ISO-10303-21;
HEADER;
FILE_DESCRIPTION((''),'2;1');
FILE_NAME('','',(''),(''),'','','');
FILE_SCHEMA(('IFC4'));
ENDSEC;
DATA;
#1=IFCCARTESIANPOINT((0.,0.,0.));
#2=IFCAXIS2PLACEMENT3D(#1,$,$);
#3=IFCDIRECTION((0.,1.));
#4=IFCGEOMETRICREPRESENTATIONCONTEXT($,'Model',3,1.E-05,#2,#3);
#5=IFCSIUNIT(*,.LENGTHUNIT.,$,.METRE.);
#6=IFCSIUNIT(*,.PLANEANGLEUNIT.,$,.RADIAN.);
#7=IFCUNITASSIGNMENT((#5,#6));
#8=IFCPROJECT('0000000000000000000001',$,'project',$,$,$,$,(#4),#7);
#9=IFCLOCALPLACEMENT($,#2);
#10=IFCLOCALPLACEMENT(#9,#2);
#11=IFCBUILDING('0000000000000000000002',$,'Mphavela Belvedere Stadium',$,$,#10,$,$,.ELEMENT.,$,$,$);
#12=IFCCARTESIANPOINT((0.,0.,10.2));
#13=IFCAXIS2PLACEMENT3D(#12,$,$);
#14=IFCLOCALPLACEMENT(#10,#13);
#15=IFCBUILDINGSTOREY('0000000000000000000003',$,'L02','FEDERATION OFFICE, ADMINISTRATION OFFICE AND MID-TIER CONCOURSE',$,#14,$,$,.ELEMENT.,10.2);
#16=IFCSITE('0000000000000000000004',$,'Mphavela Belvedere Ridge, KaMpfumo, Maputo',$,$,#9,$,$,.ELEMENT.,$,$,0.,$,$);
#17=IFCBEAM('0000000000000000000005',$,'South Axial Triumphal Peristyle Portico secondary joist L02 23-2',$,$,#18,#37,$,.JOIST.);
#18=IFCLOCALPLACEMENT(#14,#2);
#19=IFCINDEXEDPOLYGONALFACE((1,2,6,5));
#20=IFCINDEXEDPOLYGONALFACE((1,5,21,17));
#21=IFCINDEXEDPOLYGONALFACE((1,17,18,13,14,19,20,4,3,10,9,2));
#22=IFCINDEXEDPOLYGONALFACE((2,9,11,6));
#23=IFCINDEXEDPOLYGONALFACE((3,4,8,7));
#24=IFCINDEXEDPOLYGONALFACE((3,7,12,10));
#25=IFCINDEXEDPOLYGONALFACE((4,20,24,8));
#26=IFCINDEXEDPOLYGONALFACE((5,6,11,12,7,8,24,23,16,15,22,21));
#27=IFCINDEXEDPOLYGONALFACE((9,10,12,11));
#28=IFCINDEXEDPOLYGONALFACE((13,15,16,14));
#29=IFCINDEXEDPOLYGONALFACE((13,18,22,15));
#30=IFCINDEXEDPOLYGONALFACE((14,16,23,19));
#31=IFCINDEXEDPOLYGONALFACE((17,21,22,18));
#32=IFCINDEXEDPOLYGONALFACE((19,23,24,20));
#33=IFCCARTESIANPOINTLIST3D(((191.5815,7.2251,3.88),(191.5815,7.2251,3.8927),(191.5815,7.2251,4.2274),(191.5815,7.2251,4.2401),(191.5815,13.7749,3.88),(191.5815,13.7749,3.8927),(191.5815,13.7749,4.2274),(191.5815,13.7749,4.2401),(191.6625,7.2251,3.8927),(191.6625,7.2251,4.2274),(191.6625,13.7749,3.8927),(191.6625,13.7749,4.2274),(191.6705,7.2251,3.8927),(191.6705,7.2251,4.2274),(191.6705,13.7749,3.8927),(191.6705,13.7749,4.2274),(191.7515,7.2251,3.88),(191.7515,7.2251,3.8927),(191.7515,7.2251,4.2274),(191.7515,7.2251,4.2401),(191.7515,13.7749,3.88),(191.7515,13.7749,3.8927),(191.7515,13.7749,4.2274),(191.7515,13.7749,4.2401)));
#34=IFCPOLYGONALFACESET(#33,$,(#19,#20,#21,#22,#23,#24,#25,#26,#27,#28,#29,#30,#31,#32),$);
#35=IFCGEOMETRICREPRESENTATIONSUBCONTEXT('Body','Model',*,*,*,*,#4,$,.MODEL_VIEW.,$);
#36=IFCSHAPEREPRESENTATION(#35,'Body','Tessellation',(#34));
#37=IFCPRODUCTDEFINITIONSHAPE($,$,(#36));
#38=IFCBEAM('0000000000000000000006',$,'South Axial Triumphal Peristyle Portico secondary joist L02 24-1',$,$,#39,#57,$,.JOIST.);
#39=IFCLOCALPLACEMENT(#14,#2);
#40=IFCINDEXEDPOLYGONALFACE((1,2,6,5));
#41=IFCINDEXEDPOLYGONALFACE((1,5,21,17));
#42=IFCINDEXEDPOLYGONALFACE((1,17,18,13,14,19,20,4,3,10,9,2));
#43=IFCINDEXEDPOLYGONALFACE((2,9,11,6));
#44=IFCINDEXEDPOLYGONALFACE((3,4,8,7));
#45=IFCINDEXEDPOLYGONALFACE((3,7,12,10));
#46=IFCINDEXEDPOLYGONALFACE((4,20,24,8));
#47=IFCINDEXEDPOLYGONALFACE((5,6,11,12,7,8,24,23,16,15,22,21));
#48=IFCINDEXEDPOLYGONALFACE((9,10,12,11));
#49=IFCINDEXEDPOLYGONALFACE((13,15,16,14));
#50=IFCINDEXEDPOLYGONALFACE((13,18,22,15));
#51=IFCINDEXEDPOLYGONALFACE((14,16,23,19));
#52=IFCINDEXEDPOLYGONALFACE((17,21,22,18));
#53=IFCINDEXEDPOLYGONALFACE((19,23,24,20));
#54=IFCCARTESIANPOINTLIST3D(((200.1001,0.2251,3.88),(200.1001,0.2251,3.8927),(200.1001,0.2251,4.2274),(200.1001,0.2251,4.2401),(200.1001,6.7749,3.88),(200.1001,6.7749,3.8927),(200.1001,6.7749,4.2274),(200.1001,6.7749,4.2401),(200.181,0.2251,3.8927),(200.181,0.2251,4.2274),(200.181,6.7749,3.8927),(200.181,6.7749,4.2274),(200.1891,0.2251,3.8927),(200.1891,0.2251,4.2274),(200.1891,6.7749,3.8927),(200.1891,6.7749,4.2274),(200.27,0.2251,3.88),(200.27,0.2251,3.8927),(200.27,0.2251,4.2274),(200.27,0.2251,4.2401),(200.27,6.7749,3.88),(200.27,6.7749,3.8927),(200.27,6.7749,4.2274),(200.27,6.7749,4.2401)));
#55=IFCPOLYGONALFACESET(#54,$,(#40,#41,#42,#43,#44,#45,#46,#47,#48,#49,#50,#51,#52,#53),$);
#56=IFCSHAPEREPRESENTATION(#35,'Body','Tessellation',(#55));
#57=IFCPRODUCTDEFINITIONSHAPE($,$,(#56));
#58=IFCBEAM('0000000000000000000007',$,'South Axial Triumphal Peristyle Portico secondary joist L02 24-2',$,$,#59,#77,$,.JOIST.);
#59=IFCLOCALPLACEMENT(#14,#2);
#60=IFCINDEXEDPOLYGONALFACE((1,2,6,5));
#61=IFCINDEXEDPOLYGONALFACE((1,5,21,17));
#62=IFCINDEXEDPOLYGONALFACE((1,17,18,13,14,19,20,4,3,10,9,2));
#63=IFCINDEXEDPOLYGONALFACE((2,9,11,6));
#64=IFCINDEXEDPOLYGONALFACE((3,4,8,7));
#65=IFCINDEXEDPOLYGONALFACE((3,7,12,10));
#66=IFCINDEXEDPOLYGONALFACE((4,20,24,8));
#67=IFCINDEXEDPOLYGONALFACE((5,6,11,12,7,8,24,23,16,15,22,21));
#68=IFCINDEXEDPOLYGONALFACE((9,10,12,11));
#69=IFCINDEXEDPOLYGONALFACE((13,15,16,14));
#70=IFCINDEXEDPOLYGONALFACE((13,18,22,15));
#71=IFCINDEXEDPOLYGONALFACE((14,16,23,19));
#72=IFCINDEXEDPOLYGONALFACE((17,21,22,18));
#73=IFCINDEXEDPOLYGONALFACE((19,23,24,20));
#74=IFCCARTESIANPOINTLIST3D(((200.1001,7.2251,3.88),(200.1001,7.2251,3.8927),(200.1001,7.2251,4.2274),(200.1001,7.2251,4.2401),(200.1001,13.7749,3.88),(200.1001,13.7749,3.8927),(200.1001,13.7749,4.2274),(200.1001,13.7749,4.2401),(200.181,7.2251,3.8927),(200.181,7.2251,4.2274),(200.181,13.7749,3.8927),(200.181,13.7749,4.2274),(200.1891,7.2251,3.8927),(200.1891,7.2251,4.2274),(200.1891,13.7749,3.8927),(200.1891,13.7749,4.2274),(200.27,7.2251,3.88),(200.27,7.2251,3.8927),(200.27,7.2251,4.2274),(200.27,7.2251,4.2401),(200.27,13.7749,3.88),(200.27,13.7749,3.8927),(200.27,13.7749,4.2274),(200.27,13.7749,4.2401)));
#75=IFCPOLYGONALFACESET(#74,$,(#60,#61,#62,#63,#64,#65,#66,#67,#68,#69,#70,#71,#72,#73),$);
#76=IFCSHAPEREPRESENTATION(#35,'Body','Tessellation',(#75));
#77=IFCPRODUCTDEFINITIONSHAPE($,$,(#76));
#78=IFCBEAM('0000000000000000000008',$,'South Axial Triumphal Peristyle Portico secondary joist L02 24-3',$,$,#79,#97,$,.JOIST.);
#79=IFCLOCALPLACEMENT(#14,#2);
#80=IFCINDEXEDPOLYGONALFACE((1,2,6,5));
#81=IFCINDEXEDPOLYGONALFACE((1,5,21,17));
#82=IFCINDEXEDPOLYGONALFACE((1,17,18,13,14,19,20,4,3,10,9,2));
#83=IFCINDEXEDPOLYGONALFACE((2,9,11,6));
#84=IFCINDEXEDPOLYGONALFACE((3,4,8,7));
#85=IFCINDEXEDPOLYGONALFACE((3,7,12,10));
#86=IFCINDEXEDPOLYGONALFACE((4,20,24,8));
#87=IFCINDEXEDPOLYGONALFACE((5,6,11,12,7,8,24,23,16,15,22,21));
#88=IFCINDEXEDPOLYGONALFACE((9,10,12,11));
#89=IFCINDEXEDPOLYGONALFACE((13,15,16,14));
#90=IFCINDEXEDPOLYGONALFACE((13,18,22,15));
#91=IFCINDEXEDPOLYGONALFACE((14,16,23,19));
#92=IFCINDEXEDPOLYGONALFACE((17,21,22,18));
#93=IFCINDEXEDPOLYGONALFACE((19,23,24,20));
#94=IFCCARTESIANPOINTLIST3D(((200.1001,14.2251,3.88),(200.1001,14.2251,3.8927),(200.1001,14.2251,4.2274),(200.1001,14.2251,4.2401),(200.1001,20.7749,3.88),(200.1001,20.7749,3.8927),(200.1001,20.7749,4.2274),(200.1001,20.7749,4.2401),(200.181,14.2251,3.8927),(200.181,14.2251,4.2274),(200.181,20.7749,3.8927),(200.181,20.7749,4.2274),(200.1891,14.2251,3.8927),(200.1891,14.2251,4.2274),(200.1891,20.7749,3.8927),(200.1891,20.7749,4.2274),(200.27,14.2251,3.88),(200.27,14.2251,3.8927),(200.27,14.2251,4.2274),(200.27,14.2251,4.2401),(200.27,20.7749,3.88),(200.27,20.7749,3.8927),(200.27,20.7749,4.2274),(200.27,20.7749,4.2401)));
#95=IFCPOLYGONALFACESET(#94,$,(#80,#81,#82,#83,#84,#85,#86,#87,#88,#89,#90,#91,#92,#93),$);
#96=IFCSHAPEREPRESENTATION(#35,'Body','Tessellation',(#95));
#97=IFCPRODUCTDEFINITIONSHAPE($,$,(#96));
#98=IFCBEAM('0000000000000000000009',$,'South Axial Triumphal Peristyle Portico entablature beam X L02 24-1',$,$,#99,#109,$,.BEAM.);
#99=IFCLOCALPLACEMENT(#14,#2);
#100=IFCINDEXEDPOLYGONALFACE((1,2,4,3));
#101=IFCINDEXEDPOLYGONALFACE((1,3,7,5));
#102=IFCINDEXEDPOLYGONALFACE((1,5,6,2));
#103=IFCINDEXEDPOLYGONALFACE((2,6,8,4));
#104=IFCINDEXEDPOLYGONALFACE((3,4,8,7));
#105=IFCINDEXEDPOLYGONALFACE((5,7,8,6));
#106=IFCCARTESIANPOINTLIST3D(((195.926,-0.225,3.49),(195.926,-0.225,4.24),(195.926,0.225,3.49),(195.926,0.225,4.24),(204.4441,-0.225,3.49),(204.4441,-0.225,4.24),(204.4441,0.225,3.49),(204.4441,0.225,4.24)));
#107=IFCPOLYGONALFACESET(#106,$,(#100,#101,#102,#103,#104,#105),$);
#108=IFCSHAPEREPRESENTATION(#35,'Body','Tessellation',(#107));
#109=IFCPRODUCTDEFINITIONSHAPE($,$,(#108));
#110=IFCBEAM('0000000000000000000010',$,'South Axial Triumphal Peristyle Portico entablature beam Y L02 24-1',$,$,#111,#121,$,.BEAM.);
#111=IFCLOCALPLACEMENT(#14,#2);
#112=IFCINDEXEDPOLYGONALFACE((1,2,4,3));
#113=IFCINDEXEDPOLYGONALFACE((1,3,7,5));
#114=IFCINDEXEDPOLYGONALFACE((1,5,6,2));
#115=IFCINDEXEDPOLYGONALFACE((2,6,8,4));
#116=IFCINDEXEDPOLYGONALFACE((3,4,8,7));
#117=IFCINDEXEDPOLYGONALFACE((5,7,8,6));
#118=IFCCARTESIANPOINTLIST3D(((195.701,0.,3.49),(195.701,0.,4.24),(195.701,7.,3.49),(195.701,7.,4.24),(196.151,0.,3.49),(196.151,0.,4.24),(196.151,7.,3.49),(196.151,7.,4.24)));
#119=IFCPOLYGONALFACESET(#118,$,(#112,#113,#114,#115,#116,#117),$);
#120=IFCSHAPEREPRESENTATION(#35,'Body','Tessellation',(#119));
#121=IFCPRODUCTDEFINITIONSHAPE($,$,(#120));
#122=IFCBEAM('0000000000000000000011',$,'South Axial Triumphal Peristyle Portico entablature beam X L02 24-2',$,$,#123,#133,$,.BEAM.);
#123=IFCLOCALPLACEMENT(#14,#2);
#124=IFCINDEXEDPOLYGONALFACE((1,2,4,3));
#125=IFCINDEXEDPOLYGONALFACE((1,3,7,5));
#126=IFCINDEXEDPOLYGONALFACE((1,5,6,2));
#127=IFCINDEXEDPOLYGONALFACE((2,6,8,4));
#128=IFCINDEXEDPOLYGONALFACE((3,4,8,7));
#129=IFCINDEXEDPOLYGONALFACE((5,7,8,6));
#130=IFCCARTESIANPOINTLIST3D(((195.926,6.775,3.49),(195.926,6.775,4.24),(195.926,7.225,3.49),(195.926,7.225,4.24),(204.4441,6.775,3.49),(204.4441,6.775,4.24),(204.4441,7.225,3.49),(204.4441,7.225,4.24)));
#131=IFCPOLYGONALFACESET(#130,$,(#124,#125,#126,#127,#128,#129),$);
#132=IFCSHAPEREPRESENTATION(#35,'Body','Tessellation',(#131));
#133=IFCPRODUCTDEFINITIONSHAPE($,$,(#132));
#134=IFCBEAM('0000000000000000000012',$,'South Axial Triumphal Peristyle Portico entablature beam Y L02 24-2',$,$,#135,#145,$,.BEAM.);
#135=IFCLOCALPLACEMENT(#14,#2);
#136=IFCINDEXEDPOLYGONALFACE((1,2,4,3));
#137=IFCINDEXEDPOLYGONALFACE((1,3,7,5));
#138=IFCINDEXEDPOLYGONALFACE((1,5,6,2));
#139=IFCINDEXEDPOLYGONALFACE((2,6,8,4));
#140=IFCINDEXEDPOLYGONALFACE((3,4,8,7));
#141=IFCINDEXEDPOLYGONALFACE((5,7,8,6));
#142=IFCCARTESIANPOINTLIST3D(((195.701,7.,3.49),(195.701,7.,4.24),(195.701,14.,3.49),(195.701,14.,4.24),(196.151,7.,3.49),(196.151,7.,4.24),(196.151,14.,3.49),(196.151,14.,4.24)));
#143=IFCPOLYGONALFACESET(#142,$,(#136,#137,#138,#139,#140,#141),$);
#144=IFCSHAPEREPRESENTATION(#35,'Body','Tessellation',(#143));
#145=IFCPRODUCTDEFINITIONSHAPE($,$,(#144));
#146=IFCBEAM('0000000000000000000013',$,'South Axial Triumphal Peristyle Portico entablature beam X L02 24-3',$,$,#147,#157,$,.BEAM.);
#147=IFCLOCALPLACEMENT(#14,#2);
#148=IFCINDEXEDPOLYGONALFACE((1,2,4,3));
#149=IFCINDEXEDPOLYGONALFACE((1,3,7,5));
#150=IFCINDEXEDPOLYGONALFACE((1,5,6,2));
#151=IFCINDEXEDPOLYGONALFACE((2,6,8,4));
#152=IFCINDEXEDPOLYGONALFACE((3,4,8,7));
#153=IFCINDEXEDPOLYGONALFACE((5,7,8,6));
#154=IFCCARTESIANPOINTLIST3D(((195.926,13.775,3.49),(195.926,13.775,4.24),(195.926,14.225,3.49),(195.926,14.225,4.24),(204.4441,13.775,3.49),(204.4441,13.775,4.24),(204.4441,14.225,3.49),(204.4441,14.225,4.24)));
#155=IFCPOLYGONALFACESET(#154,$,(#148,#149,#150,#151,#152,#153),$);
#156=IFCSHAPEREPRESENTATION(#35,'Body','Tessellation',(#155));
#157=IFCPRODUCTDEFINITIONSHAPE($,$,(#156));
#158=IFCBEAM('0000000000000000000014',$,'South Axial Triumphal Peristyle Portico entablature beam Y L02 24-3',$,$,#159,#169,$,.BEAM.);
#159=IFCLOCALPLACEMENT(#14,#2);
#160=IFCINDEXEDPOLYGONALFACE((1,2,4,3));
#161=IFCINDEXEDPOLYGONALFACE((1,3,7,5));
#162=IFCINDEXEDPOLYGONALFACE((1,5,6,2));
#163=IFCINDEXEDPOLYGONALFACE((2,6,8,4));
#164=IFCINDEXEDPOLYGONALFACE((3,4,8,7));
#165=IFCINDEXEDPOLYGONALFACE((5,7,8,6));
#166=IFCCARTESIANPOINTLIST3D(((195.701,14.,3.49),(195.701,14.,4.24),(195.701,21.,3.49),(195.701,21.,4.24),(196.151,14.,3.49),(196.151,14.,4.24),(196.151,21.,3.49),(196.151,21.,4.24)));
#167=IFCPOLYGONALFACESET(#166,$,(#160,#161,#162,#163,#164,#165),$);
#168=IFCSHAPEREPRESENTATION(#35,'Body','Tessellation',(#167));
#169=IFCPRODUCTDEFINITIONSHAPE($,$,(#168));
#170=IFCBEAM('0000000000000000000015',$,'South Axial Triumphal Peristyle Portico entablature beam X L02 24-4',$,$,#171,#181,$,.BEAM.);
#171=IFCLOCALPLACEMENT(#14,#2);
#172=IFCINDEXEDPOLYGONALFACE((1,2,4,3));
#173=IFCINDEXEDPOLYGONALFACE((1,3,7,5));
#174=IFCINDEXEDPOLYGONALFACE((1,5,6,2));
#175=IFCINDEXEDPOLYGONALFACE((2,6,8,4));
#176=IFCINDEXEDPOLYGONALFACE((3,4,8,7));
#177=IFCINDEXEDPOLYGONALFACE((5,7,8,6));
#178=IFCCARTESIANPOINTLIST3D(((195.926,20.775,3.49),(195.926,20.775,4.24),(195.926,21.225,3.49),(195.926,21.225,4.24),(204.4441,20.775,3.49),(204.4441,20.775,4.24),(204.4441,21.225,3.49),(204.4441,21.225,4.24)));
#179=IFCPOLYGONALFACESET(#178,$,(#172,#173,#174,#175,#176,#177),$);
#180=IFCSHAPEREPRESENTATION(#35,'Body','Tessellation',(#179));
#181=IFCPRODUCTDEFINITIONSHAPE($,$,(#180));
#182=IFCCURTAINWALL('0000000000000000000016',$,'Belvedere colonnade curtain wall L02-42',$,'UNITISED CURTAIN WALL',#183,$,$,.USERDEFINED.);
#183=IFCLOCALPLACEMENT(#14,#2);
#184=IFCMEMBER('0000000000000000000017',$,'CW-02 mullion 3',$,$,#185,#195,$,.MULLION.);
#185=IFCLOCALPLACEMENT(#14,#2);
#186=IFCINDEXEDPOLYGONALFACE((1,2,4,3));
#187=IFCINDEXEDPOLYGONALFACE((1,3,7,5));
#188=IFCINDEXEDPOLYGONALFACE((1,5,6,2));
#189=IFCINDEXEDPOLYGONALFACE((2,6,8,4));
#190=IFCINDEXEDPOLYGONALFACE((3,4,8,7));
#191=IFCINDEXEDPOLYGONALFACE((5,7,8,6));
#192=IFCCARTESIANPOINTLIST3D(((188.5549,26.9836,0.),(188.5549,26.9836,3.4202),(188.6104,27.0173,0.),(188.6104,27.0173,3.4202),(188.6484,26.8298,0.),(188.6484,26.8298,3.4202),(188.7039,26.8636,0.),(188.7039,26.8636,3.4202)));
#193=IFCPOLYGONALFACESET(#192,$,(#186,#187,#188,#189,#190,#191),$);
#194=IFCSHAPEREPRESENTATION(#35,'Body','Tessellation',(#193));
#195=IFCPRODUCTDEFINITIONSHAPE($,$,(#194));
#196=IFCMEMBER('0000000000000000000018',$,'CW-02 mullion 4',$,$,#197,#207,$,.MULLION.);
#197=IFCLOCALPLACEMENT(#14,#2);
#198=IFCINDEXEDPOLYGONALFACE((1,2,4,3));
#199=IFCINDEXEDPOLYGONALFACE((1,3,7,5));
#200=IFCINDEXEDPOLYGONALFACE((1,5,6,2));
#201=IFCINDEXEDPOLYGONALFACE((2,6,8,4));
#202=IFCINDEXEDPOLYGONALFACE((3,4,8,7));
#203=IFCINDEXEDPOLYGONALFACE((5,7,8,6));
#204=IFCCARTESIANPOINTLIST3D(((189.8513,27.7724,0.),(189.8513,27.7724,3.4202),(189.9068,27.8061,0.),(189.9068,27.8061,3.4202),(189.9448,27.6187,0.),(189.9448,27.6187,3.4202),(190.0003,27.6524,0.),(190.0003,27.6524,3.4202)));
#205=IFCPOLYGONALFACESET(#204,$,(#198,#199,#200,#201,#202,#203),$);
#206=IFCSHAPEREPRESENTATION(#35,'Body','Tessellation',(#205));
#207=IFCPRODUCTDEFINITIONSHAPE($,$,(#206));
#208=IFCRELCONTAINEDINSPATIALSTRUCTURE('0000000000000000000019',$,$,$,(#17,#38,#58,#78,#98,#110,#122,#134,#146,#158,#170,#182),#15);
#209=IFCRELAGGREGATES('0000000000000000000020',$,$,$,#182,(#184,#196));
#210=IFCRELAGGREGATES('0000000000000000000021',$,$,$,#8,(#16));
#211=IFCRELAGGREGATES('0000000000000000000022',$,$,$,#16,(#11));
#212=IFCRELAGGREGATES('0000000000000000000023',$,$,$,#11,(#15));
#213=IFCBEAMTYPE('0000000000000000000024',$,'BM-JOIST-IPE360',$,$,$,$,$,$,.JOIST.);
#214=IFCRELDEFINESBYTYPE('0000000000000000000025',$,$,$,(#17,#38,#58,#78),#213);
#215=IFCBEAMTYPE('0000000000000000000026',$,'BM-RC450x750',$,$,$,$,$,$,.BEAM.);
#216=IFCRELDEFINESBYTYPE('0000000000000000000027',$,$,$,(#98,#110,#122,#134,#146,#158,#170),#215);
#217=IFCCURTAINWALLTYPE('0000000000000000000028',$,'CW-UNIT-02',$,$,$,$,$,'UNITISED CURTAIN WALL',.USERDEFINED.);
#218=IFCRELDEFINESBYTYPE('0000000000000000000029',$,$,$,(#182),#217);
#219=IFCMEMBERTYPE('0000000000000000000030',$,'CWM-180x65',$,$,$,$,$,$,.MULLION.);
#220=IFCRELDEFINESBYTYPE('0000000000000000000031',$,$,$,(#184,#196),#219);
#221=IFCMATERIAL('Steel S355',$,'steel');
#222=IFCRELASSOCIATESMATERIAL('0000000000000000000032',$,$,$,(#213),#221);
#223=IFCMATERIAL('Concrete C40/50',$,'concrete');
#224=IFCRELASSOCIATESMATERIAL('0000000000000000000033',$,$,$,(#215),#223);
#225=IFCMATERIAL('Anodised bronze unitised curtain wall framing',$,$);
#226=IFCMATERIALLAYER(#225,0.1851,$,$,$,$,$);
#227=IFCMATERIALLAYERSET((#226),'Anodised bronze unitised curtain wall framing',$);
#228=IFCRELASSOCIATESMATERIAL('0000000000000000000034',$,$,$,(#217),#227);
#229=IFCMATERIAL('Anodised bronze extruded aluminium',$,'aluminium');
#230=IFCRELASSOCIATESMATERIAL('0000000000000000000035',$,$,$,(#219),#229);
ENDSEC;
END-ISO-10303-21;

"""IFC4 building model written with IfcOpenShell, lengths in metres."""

from ifc_helpers import new_model, si_unit, direction, frame, origin, origin_2d, place, context, subcontext, project, spatial, rectangle, i_section, extrude, material, layer, layer_set, material_profile, profile_set, type_object, element, aggregate, save


model = new_model("IFC4")

# Units and contexts
model_context = context("Model", 3, precision=1e-05, world=origin(), true_north=direction((0.0, 1.0)))
body_context = subcontext(model_context, "Body", "Model", "MODEL_VIEW")
ifc_project = project(units=[si_unit("LENGTHUNIT", "METRE"), si_unit("PLANEANGLEUNIT", "RADIAN")], contexts=[model_context])

# Site, building, storey
site_placement = place(None, origin())
site = spatial("IfcSite", under=ifc_project, at=site_placement, Name="Mphavela Belvedere Ridge, KaMpfumo, Maputo", CompositionType="ELEMENT", RefElevation=0.0)
building_placement = place(site_placement, origin())
building = spatial("IfcBuilding", under=site, at=building_placement, Name="Mphavela Belvedere Stadium", CompositionType="ELEMENT")
storey_placement = place(building_placement, frame((0.0, 0.0, 10.2)))
storey = spatial("IfcBuildingStorey", under=building, at=storey_placement, Name="L02", Description="FEDERATION OFFICE, ADMINISTRATION OFFICE AND MID-TIER CONCOURSE", CompositionType="ELEMENT", Elevation=10.2)

# Beams
ifc_material_1 = material(Name="Steel S355", Category="steel")
ifc_material_profile_1 = material_profile(ifc_material_1, i_section(OverallWidth=0.1699, OverallDepth=0.3601, WebThickness=0.0081, FlangeThickness=0.0127, at=origin_2d()), Name="IPE 360")
ifc_profile_set_1 = profile_set([ifc_material_profile_1], Name="Steel S355")
beam_type_1 = type_object("IfcBeamType", Name="BM-JOIST-IPE360", PredefinedType="JOIST", material=ifc_profile_set_1)
for number, where, z_axis, x_axis, name in (
    (1, (191.6665, 7.2251, 4.0601), (0.0, 1.0, 0.0), (-1.0, 0.0, 0.0), "South Axial Triumphal Peristyle Portico secondary joist L02 23-2"),
    (2, (200.1851, 0.2251, 4.0601), (0.0, 1.0, 0.0), (-1.0, 0.0, 0.0), "South Axial Triumphal Peristyle Portico secondary joist L02 24-1"),
    (3, (200.1851, 7.2251, 4.0601), (0.0, 1.0, 0.0), (-1.0, 0.0, 0.0), "South Axial Triumphal Peristyle Portico secondary joist L02 24-2"),
    (4, (200.1851, 14.2251, 4.0601), (0.0, 1.0, 0.0), (-1.0, 0.0, 0.0), "South Axial Triumphal Peristyle Portico secondary joist L02 24-3"),
):
    element("IfcBeam", number, at=place(storey_placement, frame(where, z_axis=z_axis, x_axis=x_axis)), inside=storey, type_object=beam_type_1, Name=name, PredefinedType="JOIST", context=body_context, shape_type="SweptSolid", body=[
        extrude(i_section(OverallWidth=0.1699, OverallDepth=0.3601, WebThickness=0.0081, FlangeThickness=0.0127, at=origin_2d()), origin(), (0.0, 0.0, 1.0), 6.5498),
    ])
ifc_material_2 = material(Name="Concrete C40/50", Category="concrete")
ifc_material_profile_2 = material_profile(ifc_material_2, rectangle(XDim=0.45, YDim=0.75, at=origin_2d()), Name="RC 450x750")
ifc_profile_set_2 = profile_set([ifc_material_profile_2], Name="Concrete C40/50")
beam_type_2 = type_object("IfcBeamType", Name="BM-RC450x750", PredefinedType="BEAM", material=ifc_profile_set_2)
beam_1_placement = place(storey_placement, frame((195.926, 0.0, 3.865), z_axis=(1.0, 0.0, 0.0), x_axis=(0.0, 1.0, 0.0)))
element("IfcBeam", 5, at=beam_1_placement, inside=storey, type_object=beam_type_2, Name="South Axial Triumphal Peristyle Portico entablature beam X L02 24-1", PredefinedType="BEAM", context=body_context, shape_type="SweptSolid", body=[
    extrude(rectangle(XDim=0.45, YDim=0.75, at=origin_2d()), origin(), (0.0, 0.0, 1.0), 8.5181),
])
beam_2_placement = place(storey_placement, frame((195.926, 0.0, 3.865), z_axis=(0.0, 1.0, 0.0), x_axis=(-1.0, 0.0, 0.0)))
element("IfcBeam", 6, at=beam_2_placement, inside=storey, type_object=beam_type_2, Name="South Axial Triumphal Peristyle Portico entablature beam Y L02 24-1", PredefinedType="BEAM", context=body_context, shape_type="SweptSolid", body=[
    extrude(rectangle(XDim=0.45, YDim=0.75, at=origin_2d()), origin(), (0.0, 0.0, 1.0), 7.0),
])
beam_3_placement = place(storey_placement, frame((195.926, 7.0, 3.865), z_axis=(1.0, 0.0, 0.0), x_axis=(0.0, 1.0, 0.0)))
element("IfcBeam", 7, at=beam_3_placement, inside=storey, type_object=beam_type_2, Name="South Axial Triumphal Peristyle Portico entablature beam X L02 24-2", PredefinedType="BEAM", context=body_context, shape_type="SweptSolid", body=[
    extrude(rectangle(XDim=0.45, YDim=0.75, at=origin_2d()), origin(), (0.0, 0.0, 1.0), 8.5181),
])
beam_4_placement = place(storey_placement, frame((195.926, 7.0, 3.865), z_axis=(0.0, 1.0, 0.0), x_axis=(-1.0, 0.0, 0.0)))
element("IfcBeam", 8, at=beam_4_placement, inside=storey, type_object=beam_type_2, Name="South Axial Triumphal Peristyle Portico entablature beam Y L02 24-2", PredefinedType="BEAM", context=body_context, shape_type="SweptSolid", body=[
    extrude(rectangle(XDim=0.45, YDim=0.75, at=origin_2d()), origin(), (0.0, 0.0, 1.0), 7.0),
])
beam_5_placement = place(storey_placement, frame((195.926, 14.0, 3.865), z_axis=(1.0, 0.0, 0.0), x_axis=(0.0, 1.0, 0.0)))
element("IfcBeam", 9, at=beam_5_placement, inside=storey, type_object=beam_type_2, Name="South Axial Triumphal Peristyle Portico entablature beam X L02 24-3", PredefinedType="BEAM", context=body_context, shape_type="SweptSolid", body=[
    extrude(rectangle(XDim=0.45, YDim=0.75, at=origin_2d()), origin(), (0.0, 0.0, 1.0), 8.5181),
])
beam_6_placement = place(storey_placement, frame((195.926, 14.0, 3.865), z_axis=(0.0, 1.0, 0.0), x_axis=(-1.0, 0.0, 0.0)))
element("IfcBeam", 10, at=beam_6_placement, inside=storey, type_object=beam_type_2, Name="South Axial Triumphal Peristyle Portico entablature beam Y L02 24-3", PredefinedType="BEAM", context=body_context, shape_type="SweptSolid", body=[
    extrude(rectangle(XDim=0.45, YDim=0.75, at=origin_2d()), origin(), (0.0, 0.0, 1.0), 7.0),
])
beam_7_placement = place(storey_placement, frame((195.926, 21.0, 3.865), z_axis=(1.0, 0.0, 0.0), x_axis=(0.0, 1.0, 0.0)))
element("IfcBeam", 11, at=beam_7_placement, inside=storey, type_object=beam_type_2, Name="South Axial Triumphal Peristyle Portico entablature beam X L02 24-4", PredefinedType="BEAM", context=body_context, shape_type="SweptSolid", body=[
    extrude(rectangle(XDim=0.45, YDim=0.75, at=origin_2d()), origin(), (0.0, 0.0, 1.0), 8.5181),
])

# Curtain wall, members
ifc_material_3 = material(Name="Anodised bronze unitised curtain wall framing")
ifc_layer_1 = layer(ifc_material_3, 0.1851)
ifc_layer_set_1 = layer_set([ifc_layer_1], Name="Anodised bronze unitised curtain wall framing")
curtain_wall_type_1 = type_object("IfcCurtainWallType", Name="CW-UNIT-02", ElementType="UNITISED CURTAIN WALL", PredefinedType="USERDEFINED", material=ifc_layer_set_1)
curtain_wall_1_placement = place(storey_placement, origin())
curtain_wall_1 = element("IfcCurtainWall", 12, at=curtain_wall_1_placement, inside=storey, type_object=curtain_wall_type_1, Name="Belvedere colonnade curtain wall L02-42", ObjectType="UNITISED CURTAIN WALL", PredefinedType="USERDEFINED")
ifc_material_4 = material(Name="Anodised bronze extruded aluminium", Category="aluminium")
ifc_material_profile_3 = material_profile(ifc_material_4, rectangle(XDim=0.1799, YDim=0.0649, at=origin_2d()), Name="CW-MUL 180x65")
ifc_profile_set_3 = profile_set([ifc_material_profile_3], Name="Anodised bronze extruded aluminium")
member_type_1 = type_object("IfcMemberType", Name="CWM-180x65", PredefinedType="MULLION", material=ifc_profile_set_3)
member_1_placement = place(storey_placement, frame((188.6294, 26.9236, 0.0), z_axis=(0.0, 0.0, 1.0), x_axis=(-0.519732, 0.85433, 0.0)))
member_1 = element("IfcMember", 13, at=member_1_placement, type_object=member_type_1, Name="CW-02 mullion 3", PredefinedType="MULLION", context=body_context, shape_type="SweptSolid", body=[
    extrude(rectangle(XDim=0.1799, YDim=0.0649, at=origin_2d()), origin(), (0.0, 0.0, 1.0), 3.4202),
])
member_2_placement = place(storey_placement, frame((189.9258, 27.7124, 0.0), z_axis=(0.0, 0.0, 1.0), x_axis=(-0.519732, 0.85433, 0.0)))
member_2 = element("IfcMember", 14, at=member_2_placement, type_object=member_type_1, Name="CW-02 mullion 4", PredefinedType="MULLION", context=body_context, shape_type="SweptSolid", body=[
    extrude(rectangle(XDim=0.1799, YDim=0.0649, at=origin_2d()), origin(), (0.0, 0.0, 1.0), 3.4202),
])

aggregate(curtain_wall_1, [member_1, member_2])

save(model, "model.ifc")
